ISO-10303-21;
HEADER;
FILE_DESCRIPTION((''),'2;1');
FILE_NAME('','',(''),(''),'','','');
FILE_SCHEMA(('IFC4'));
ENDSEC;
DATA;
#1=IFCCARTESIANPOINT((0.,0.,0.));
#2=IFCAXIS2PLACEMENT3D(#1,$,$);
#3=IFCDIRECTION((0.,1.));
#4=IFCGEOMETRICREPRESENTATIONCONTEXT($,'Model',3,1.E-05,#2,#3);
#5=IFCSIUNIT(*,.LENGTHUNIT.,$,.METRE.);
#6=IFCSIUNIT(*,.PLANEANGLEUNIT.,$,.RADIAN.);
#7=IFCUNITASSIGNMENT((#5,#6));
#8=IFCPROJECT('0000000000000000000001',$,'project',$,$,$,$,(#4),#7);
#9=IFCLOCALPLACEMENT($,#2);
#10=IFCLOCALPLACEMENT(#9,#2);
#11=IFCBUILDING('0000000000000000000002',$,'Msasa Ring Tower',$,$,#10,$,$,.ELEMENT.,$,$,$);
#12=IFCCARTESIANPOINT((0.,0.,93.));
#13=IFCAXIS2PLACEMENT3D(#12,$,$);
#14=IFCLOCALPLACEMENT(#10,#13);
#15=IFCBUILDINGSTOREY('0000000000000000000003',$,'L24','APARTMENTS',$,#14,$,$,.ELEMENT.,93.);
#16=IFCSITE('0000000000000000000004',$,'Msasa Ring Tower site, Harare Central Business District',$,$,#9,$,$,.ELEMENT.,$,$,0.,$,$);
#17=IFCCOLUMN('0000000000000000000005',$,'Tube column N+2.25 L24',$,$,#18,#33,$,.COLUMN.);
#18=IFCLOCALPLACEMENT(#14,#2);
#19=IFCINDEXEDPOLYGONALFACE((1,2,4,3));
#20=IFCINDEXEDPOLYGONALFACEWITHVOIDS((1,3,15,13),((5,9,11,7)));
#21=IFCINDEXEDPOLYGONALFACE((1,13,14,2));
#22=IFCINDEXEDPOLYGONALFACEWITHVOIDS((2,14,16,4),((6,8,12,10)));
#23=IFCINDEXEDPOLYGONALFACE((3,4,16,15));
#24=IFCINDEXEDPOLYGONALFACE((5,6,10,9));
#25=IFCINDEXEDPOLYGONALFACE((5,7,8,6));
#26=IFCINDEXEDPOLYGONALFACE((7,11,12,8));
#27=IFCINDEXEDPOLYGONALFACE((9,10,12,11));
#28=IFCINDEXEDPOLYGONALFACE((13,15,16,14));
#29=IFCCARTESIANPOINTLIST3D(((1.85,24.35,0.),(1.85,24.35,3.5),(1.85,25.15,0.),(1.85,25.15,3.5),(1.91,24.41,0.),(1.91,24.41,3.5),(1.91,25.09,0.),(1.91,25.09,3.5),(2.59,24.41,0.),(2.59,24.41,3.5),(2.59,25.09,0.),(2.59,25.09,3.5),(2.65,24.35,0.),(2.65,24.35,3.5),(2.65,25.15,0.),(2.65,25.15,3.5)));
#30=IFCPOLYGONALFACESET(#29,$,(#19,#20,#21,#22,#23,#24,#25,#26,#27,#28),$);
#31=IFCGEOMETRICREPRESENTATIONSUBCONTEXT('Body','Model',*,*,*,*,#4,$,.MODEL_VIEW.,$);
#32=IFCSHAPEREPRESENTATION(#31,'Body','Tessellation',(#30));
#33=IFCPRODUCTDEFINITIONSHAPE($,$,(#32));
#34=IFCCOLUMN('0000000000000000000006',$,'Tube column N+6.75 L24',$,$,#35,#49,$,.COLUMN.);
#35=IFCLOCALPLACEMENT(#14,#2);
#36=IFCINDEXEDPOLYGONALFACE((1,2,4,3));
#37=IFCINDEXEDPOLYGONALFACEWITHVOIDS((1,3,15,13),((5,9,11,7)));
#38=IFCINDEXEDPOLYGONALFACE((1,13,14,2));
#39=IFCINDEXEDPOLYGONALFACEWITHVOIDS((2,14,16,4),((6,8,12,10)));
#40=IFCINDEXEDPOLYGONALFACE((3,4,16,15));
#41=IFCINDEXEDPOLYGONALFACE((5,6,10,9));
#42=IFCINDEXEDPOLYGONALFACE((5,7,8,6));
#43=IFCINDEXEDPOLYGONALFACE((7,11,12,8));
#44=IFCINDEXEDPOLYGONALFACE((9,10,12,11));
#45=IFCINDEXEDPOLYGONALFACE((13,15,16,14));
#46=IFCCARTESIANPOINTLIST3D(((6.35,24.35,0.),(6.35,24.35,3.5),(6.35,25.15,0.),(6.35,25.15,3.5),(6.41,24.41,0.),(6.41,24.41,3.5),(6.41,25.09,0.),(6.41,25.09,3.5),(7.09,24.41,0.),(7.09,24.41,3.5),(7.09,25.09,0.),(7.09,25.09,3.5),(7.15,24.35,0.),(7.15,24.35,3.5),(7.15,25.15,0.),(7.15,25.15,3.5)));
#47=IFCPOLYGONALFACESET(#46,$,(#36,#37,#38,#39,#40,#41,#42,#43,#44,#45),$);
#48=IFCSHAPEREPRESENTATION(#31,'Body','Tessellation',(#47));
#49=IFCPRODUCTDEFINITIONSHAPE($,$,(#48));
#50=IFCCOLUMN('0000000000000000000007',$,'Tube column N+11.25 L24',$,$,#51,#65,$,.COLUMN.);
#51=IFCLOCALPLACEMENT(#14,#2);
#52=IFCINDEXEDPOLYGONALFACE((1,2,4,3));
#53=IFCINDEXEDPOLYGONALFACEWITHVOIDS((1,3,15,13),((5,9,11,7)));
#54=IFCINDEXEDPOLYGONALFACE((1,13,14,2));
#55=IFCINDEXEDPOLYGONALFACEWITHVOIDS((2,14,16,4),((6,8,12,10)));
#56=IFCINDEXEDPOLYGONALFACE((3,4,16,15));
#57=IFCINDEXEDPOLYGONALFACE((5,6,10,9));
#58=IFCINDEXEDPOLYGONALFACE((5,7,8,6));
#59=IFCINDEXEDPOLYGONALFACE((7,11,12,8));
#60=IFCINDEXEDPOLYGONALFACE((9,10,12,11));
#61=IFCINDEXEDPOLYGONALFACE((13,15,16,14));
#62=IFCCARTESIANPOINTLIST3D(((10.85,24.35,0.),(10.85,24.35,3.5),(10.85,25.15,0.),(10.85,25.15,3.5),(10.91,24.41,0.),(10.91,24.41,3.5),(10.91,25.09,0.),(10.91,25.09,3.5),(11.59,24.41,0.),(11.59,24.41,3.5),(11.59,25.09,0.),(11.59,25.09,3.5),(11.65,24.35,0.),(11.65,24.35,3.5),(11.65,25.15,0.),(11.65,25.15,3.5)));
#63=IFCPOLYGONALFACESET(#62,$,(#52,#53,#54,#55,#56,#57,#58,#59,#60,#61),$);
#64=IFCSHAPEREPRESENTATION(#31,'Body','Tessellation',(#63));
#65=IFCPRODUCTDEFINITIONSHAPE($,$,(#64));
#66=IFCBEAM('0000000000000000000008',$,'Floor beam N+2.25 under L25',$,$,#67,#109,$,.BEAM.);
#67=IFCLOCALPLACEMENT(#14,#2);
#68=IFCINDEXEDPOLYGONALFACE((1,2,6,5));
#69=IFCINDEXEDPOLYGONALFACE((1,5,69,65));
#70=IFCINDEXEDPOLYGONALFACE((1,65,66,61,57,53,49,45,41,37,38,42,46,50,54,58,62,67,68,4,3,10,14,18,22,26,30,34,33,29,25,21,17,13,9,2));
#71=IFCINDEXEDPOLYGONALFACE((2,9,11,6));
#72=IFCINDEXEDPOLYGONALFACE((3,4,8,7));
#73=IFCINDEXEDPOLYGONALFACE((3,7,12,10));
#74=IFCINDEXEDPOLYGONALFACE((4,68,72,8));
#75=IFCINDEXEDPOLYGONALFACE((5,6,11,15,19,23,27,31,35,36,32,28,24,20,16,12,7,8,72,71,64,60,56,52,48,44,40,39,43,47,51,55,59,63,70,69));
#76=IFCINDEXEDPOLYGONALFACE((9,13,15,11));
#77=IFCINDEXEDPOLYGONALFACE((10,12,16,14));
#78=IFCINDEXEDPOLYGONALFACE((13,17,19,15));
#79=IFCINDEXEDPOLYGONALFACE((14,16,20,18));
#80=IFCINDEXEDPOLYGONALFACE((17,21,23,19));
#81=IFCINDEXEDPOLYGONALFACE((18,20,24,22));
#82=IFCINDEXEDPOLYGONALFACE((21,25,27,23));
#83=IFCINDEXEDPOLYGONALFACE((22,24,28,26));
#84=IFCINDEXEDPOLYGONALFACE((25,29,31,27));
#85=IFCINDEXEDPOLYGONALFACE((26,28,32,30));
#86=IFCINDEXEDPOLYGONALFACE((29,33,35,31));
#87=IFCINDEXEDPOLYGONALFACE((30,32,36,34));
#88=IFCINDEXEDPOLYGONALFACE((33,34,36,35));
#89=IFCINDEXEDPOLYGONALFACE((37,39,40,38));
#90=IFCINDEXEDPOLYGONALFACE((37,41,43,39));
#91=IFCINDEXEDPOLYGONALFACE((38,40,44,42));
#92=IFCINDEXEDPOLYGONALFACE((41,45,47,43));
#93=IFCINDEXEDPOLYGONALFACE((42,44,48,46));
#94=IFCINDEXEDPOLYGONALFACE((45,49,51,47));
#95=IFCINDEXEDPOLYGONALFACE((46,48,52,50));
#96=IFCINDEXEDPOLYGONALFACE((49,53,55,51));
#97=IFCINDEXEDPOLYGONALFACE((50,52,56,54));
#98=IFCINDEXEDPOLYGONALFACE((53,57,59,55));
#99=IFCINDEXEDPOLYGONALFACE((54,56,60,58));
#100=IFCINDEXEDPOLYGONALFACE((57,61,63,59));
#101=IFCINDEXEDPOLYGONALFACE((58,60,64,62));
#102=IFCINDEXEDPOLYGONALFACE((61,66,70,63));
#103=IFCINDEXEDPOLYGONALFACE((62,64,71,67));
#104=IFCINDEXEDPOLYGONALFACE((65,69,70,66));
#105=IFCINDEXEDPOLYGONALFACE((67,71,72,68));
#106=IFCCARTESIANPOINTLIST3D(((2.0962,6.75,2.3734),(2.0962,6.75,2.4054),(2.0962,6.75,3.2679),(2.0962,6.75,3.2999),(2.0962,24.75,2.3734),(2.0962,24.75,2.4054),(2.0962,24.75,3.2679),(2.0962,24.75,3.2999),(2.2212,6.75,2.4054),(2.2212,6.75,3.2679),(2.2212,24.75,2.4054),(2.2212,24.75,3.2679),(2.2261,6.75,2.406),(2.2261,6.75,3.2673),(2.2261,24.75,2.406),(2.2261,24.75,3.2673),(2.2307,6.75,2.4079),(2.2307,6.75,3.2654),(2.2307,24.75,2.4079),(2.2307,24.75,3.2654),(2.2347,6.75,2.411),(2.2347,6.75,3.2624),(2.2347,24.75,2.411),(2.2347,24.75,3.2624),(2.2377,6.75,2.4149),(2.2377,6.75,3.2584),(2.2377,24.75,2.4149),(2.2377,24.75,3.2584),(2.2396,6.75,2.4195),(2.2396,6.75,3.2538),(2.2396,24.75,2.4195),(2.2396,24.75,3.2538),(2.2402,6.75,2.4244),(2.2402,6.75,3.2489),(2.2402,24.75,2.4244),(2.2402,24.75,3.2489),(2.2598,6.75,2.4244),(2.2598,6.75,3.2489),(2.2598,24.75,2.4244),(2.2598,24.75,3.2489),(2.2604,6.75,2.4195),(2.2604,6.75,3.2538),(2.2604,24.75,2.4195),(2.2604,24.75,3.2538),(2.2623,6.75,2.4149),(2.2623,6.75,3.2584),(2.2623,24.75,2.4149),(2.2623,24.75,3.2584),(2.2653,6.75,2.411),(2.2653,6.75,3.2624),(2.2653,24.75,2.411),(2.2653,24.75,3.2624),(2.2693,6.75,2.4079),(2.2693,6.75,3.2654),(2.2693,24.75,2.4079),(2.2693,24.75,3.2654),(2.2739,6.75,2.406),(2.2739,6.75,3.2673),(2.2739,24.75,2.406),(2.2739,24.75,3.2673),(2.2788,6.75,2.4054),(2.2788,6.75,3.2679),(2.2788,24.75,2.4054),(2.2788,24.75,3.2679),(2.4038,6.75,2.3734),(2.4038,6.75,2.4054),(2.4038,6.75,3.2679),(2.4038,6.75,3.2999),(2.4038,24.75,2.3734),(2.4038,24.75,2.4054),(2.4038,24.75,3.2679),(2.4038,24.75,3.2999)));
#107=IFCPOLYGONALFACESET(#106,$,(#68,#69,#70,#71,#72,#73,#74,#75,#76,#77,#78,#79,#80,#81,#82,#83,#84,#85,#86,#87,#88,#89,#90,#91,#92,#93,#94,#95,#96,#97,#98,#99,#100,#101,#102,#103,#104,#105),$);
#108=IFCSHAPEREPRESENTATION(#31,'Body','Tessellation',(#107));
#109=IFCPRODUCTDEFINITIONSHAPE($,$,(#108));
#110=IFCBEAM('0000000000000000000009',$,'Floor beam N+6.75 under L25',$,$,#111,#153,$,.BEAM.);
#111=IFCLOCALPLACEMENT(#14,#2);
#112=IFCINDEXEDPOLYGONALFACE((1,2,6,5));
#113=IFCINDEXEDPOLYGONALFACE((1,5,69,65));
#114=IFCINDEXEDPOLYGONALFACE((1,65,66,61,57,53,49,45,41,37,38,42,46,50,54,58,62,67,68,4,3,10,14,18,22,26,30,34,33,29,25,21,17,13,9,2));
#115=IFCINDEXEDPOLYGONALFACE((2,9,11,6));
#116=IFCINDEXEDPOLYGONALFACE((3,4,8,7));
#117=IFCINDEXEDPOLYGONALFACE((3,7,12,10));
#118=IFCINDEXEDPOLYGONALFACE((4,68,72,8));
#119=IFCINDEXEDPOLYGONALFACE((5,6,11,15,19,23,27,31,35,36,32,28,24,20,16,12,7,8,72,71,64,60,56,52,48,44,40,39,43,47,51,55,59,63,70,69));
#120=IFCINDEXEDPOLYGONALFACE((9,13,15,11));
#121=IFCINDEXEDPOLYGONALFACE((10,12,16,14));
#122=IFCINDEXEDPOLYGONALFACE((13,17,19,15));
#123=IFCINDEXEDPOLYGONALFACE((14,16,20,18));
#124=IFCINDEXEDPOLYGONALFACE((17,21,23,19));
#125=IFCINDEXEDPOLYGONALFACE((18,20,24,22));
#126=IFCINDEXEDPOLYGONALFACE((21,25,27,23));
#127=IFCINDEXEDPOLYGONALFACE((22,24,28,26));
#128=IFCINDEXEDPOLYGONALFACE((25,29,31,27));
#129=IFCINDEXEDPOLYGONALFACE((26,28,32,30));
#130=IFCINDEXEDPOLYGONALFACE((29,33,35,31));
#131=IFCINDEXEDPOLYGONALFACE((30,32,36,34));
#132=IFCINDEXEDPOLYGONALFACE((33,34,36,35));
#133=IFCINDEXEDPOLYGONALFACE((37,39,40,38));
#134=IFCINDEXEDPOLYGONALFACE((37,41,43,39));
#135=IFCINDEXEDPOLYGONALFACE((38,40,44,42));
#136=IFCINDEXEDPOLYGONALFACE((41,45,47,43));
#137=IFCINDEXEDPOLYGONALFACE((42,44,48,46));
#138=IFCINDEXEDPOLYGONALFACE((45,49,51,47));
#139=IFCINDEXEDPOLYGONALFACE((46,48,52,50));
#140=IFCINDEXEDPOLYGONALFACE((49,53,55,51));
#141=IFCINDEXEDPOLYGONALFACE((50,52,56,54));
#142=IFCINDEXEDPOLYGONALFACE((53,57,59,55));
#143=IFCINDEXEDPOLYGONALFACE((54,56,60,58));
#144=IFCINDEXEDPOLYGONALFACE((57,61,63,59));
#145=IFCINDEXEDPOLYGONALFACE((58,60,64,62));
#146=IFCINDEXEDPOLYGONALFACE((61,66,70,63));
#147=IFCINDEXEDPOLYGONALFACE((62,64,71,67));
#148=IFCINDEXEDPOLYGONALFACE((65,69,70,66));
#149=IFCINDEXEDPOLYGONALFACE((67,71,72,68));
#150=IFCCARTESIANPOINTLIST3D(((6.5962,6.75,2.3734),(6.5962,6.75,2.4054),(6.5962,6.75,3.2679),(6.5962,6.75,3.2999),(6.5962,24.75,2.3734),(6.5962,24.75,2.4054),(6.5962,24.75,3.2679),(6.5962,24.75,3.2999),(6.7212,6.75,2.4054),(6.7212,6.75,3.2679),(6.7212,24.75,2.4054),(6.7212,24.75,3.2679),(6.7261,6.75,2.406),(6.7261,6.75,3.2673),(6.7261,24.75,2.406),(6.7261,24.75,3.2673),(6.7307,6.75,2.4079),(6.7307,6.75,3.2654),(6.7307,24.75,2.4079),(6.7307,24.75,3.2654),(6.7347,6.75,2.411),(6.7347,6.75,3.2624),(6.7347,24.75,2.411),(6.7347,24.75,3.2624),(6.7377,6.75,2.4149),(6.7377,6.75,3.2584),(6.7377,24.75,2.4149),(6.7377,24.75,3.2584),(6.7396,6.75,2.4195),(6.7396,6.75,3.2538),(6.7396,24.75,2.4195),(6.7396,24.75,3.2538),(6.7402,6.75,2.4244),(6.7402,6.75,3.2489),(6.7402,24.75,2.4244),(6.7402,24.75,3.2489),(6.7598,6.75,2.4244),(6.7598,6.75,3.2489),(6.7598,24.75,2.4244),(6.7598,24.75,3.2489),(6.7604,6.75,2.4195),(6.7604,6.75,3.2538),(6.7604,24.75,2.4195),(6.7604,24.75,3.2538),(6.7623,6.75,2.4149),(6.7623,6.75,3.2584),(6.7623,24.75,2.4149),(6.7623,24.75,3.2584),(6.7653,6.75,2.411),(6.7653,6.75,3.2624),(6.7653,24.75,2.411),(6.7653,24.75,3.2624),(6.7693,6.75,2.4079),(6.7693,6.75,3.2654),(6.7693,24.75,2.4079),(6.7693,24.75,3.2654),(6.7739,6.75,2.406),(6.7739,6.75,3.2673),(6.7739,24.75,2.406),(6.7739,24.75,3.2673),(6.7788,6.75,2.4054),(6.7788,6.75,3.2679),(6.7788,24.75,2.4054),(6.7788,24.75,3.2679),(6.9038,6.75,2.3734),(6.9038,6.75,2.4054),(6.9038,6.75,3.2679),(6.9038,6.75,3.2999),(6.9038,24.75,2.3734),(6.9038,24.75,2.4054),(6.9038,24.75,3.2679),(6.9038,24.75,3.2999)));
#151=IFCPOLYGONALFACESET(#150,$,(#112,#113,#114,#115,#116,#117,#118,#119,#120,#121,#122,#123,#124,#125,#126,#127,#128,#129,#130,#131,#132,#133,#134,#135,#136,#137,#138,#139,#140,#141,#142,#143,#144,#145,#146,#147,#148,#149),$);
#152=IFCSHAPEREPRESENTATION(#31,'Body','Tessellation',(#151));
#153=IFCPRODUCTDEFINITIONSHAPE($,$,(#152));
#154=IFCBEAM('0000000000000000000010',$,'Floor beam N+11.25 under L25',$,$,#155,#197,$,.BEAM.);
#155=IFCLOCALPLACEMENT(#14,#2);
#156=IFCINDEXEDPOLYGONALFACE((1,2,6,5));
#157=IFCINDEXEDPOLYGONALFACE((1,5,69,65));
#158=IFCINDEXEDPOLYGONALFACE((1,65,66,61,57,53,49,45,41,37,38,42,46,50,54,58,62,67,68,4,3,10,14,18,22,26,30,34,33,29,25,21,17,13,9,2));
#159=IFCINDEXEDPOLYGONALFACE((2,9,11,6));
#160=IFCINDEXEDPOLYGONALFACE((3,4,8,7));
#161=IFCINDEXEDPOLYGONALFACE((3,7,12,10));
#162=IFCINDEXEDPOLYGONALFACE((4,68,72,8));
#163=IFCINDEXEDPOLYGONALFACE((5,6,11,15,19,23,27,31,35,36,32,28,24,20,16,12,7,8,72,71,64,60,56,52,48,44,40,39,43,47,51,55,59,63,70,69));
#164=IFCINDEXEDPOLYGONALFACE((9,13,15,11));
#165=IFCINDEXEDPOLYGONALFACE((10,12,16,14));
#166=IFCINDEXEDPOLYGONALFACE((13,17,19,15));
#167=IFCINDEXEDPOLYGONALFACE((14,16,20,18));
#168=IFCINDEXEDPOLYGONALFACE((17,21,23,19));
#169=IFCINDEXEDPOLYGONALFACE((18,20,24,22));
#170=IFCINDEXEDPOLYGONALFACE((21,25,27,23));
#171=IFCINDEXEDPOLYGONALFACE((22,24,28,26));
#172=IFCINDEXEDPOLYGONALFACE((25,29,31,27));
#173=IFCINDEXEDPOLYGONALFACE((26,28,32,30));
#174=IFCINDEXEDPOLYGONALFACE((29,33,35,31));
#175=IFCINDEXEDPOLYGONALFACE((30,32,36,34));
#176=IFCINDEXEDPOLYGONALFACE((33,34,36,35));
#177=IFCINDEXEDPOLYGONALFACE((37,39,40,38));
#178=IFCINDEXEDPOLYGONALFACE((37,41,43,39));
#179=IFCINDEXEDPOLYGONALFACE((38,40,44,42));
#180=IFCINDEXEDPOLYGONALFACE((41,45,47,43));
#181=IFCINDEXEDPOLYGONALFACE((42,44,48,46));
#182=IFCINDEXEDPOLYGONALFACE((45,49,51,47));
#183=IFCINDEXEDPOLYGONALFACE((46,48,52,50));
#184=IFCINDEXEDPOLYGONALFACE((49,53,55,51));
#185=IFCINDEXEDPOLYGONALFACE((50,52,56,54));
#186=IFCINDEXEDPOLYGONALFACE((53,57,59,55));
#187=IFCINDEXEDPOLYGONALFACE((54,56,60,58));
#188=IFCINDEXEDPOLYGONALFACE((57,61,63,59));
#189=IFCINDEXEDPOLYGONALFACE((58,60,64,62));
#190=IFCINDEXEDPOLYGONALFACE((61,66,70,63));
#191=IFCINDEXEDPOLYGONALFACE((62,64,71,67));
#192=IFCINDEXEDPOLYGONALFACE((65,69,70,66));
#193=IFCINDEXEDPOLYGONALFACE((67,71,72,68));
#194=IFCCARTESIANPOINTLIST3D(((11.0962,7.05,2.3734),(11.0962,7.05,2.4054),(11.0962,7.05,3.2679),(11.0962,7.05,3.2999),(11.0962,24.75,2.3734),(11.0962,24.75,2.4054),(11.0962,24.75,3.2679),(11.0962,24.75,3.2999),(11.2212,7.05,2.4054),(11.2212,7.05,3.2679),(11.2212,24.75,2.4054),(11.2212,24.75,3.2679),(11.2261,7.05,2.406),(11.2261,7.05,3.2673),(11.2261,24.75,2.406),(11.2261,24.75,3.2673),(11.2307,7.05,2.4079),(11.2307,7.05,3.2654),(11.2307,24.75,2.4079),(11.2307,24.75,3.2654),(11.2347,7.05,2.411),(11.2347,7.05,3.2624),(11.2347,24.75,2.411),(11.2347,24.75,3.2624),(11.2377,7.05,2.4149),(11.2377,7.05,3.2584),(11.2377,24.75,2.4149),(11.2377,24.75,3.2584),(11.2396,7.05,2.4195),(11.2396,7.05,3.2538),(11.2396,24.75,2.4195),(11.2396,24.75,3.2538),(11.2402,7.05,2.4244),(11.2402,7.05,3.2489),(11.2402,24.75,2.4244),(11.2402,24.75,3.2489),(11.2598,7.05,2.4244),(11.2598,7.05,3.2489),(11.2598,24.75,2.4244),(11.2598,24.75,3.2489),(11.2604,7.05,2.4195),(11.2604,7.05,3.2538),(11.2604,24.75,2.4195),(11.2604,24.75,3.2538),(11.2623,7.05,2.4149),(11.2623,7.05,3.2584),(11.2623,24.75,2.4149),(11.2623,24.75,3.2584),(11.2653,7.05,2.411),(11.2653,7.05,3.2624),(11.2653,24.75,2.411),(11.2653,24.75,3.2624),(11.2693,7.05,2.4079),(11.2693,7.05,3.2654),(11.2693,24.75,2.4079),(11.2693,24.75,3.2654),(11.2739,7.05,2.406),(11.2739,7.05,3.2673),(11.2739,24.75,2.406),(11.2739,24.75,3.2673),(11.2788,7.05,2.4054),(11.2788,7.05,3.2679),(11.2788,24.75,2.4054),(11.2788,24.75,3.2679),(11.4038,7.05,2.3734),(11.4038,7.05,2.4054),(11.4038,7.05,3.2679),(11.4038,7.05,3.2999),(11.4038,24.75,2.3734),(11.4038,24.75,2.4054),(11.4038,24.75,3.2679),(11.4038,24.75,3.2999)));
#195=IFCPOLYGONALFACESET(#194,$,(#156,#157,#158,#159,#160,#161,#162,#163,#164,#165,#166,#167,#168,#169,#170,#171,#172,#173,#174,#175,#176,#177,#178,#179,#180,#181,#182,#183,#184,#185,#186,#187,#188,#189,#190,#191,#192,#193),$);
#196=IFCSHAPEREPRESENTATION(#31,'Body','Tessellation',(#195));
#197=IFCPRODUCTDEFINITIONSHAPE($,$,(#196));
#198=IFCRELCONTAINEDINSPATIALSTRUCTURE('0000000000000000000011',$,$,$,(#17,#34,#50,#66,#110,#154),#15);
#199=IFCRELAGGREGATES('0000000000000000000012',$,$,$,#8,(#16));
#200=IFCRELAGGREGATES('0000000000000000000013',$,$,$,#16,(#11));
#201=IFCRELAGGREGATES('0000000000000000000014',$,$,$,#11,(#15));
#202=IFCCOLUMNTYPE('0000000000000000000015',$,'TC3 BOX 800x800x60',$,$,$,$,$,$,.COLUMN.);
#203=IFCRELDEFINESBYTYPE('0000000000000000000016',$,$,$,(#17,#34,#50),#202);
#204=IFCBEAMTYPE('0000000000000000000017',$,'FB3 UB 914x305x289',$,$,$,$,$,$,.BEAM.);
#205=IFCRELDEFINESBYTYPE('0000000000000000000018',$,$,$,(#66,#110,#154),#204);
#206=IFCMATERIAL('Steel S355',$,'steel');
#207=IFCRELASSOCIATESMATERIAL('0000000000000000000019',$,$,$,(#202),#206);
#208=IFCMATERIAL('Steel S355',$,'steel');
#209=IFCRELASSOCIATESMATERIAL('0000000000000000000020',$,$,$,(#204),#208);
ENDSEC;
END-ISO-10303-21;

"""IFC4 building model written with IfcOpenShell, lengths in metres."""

from ifc_helpers import new_model, si_unit, direction, frame, origin, origin_2d, place, context, subcontext, project, spatial, hollow_rectangle, i_section, extrude, material, material_profile, profile_set, type_object, element, save


model = new_model("IFC4")

# Units and contexts
model_context = context("Model", 3, precision=1e-05, world=origin(), true_north=direction((0.0, 1.0)))
body_context = subcontext(model_context, "Body", "Model", "MODEL_VIEW")
ifc_project = project(units=[si_unit("LENGTHUNIT", "METRE"), si_unit("PLANEANGLEUNIT", "RADIAN")], contexts=[model_context])

# Site, building, storey
site_placement = place(None, origin())
site = spatial("IfcSite", under=ifc_project, at=site_placement, Name="Msasa Ring Tower site, Harare Central Business District", CompositionType="ELEMENT", RefElevation=0.0)
building_placement = place(site_placement, origin())
building = spatial("IfcBuilding", under=site, at=building_placement, Name="Msasa Ring Tower", CompositionType="ELEMENT")
storey_placement = place(building_placement, frame((0.0, 0.0, 93.0)))
storey = spatial("IfcBuildingStorey", under=building, at=storey_placement, Name="L24", Description="APARTMENTS", CompositionType="ELEMENT", Elevation=93.0)

# Columns
ifc_material_1 = material(Name="Steel S355", Category="steel")
ifc_material_profile_1 = material_profile(ifc_material_1, hollow_rectangle(XDim=0.8, YDim=0.8, WallThickness=0.0601, at=origin_2d()), Name="BOX 800x800x60")
ifc_profile_set_1 = profile_set([ifc_material_profile_1], Name="Steel S355")
column_type = type_object("IfcColumnType", Name="TC3 BOX 800x800x60", PredefinedType="COLUMN", material=ifc_profile_set_1)
for number, where, z_axis, x_axis, name in (
    (1, (2.25, 24.75, 0.0), (0.0, 0.0, 1.0), (0.0, 1.0, 0.0), "Tube column N+2.25 L24"),
    (2, (6.75, 24.75, 0.0), (0.0, 0.0, 1.0), (0.0, 1.0, 0.0), "Tube column N+6.75 L24"),
    (3, (11.25, 24.75, 0.0), (0.0, 0.0, 1.0), (0.0, 1.0, 0.0), "Tube column N+11.25 L24"),
):
    element("IfcColumn", number, at=place(storey_placement, frame(where, z_axis=z_axis, x_axis=x_axis)), inside=storey, type_object=column_type, Name=name, PredefinedType="COLUMN", context=body_context, shape_type="SweptSolid", body=[
        extrude(hollow_rectangle(XDim=0.8, YDim=0.8, WallThickness=0.0601, at=origin_2d()), origin(), (0.0, 0.0, 1.0), 3.5),
    ])

# Beams
ifc_material_2 = material(Name="Steel S355", Category="steel")
ifc_material_profile_2 = material_profile(ifc_material_2, i_section(OverallWidth=0.3076, OverallDepth=0.9265, WebThickness=0.0195, FlangeThickness=0.032, FilletRadius=0.019, at=origin_2d()), Name="UB 914x305x289")
ifc_profile_set_2 = profile_set([ifc_material_profile_2], Name="Steel S355")
beam_type_1 = type_object("IfcBeamType", Name="FB3 UB 914x305x289", PredefinedType="BEAM", material=ifc_profile_set_2)
for number, where, z_axis, x_axis, name in (
    (4, (2.25, 24.75, 2.8367), (0.0, -1.0, 0.0), (1.0, 0.0, 0.0), "Floor beam N+2.25 under L25"),
    (5, (6.75, 24.75, 2.8367), (0.0, -1.0, 0.0), (1.0, 0.0, 0.0), "Floor beam N+6.75 under L25"),
):
    element("IfcBeam", number, at=place(storey_placement, frame(where, z_axis=z_axis, x_axis=x_axis)), inside=storey, type_object=beam_type_1, Name=name, PredefinedType="BEAM", context=body_context, shape_type="SweptSolid", body=[
        extrude(i_section(OverallWidth=0.3076, OverallDepth=0.9265, WebThickness=0.0195, FlangeThickness=0.032, FilletRadius=0.019, at=origin_2d()), origin(), (0.0, 0.0, 1.0), 18.0),
    ])
beam_placement = place(storey_placement, frame((11.25, 24.75, 2.8367), z_axis=(0.0, -1.0, 0.0), x_axis=(1.0, 0.0, 0.0)))
element("IfcBeam", 6, at=beam_placement, inside=storey, type_object=beam_type_1, Name="Floor beam N+11.25 under L25", PredefinedType="BEAM", context=body_context, shape_type="SweptSolid", body=[
    extrude(i_section(OverallWidth=0.3076, OverallDepth=0.9265, WebThickness=0.0195, FlangeThickness=0.032, FilletRadius=0.019, at=origin_2d()), origin(), (0.0, 0.0, 1.0), 17.7),
])

save(model, "model.ifc")
